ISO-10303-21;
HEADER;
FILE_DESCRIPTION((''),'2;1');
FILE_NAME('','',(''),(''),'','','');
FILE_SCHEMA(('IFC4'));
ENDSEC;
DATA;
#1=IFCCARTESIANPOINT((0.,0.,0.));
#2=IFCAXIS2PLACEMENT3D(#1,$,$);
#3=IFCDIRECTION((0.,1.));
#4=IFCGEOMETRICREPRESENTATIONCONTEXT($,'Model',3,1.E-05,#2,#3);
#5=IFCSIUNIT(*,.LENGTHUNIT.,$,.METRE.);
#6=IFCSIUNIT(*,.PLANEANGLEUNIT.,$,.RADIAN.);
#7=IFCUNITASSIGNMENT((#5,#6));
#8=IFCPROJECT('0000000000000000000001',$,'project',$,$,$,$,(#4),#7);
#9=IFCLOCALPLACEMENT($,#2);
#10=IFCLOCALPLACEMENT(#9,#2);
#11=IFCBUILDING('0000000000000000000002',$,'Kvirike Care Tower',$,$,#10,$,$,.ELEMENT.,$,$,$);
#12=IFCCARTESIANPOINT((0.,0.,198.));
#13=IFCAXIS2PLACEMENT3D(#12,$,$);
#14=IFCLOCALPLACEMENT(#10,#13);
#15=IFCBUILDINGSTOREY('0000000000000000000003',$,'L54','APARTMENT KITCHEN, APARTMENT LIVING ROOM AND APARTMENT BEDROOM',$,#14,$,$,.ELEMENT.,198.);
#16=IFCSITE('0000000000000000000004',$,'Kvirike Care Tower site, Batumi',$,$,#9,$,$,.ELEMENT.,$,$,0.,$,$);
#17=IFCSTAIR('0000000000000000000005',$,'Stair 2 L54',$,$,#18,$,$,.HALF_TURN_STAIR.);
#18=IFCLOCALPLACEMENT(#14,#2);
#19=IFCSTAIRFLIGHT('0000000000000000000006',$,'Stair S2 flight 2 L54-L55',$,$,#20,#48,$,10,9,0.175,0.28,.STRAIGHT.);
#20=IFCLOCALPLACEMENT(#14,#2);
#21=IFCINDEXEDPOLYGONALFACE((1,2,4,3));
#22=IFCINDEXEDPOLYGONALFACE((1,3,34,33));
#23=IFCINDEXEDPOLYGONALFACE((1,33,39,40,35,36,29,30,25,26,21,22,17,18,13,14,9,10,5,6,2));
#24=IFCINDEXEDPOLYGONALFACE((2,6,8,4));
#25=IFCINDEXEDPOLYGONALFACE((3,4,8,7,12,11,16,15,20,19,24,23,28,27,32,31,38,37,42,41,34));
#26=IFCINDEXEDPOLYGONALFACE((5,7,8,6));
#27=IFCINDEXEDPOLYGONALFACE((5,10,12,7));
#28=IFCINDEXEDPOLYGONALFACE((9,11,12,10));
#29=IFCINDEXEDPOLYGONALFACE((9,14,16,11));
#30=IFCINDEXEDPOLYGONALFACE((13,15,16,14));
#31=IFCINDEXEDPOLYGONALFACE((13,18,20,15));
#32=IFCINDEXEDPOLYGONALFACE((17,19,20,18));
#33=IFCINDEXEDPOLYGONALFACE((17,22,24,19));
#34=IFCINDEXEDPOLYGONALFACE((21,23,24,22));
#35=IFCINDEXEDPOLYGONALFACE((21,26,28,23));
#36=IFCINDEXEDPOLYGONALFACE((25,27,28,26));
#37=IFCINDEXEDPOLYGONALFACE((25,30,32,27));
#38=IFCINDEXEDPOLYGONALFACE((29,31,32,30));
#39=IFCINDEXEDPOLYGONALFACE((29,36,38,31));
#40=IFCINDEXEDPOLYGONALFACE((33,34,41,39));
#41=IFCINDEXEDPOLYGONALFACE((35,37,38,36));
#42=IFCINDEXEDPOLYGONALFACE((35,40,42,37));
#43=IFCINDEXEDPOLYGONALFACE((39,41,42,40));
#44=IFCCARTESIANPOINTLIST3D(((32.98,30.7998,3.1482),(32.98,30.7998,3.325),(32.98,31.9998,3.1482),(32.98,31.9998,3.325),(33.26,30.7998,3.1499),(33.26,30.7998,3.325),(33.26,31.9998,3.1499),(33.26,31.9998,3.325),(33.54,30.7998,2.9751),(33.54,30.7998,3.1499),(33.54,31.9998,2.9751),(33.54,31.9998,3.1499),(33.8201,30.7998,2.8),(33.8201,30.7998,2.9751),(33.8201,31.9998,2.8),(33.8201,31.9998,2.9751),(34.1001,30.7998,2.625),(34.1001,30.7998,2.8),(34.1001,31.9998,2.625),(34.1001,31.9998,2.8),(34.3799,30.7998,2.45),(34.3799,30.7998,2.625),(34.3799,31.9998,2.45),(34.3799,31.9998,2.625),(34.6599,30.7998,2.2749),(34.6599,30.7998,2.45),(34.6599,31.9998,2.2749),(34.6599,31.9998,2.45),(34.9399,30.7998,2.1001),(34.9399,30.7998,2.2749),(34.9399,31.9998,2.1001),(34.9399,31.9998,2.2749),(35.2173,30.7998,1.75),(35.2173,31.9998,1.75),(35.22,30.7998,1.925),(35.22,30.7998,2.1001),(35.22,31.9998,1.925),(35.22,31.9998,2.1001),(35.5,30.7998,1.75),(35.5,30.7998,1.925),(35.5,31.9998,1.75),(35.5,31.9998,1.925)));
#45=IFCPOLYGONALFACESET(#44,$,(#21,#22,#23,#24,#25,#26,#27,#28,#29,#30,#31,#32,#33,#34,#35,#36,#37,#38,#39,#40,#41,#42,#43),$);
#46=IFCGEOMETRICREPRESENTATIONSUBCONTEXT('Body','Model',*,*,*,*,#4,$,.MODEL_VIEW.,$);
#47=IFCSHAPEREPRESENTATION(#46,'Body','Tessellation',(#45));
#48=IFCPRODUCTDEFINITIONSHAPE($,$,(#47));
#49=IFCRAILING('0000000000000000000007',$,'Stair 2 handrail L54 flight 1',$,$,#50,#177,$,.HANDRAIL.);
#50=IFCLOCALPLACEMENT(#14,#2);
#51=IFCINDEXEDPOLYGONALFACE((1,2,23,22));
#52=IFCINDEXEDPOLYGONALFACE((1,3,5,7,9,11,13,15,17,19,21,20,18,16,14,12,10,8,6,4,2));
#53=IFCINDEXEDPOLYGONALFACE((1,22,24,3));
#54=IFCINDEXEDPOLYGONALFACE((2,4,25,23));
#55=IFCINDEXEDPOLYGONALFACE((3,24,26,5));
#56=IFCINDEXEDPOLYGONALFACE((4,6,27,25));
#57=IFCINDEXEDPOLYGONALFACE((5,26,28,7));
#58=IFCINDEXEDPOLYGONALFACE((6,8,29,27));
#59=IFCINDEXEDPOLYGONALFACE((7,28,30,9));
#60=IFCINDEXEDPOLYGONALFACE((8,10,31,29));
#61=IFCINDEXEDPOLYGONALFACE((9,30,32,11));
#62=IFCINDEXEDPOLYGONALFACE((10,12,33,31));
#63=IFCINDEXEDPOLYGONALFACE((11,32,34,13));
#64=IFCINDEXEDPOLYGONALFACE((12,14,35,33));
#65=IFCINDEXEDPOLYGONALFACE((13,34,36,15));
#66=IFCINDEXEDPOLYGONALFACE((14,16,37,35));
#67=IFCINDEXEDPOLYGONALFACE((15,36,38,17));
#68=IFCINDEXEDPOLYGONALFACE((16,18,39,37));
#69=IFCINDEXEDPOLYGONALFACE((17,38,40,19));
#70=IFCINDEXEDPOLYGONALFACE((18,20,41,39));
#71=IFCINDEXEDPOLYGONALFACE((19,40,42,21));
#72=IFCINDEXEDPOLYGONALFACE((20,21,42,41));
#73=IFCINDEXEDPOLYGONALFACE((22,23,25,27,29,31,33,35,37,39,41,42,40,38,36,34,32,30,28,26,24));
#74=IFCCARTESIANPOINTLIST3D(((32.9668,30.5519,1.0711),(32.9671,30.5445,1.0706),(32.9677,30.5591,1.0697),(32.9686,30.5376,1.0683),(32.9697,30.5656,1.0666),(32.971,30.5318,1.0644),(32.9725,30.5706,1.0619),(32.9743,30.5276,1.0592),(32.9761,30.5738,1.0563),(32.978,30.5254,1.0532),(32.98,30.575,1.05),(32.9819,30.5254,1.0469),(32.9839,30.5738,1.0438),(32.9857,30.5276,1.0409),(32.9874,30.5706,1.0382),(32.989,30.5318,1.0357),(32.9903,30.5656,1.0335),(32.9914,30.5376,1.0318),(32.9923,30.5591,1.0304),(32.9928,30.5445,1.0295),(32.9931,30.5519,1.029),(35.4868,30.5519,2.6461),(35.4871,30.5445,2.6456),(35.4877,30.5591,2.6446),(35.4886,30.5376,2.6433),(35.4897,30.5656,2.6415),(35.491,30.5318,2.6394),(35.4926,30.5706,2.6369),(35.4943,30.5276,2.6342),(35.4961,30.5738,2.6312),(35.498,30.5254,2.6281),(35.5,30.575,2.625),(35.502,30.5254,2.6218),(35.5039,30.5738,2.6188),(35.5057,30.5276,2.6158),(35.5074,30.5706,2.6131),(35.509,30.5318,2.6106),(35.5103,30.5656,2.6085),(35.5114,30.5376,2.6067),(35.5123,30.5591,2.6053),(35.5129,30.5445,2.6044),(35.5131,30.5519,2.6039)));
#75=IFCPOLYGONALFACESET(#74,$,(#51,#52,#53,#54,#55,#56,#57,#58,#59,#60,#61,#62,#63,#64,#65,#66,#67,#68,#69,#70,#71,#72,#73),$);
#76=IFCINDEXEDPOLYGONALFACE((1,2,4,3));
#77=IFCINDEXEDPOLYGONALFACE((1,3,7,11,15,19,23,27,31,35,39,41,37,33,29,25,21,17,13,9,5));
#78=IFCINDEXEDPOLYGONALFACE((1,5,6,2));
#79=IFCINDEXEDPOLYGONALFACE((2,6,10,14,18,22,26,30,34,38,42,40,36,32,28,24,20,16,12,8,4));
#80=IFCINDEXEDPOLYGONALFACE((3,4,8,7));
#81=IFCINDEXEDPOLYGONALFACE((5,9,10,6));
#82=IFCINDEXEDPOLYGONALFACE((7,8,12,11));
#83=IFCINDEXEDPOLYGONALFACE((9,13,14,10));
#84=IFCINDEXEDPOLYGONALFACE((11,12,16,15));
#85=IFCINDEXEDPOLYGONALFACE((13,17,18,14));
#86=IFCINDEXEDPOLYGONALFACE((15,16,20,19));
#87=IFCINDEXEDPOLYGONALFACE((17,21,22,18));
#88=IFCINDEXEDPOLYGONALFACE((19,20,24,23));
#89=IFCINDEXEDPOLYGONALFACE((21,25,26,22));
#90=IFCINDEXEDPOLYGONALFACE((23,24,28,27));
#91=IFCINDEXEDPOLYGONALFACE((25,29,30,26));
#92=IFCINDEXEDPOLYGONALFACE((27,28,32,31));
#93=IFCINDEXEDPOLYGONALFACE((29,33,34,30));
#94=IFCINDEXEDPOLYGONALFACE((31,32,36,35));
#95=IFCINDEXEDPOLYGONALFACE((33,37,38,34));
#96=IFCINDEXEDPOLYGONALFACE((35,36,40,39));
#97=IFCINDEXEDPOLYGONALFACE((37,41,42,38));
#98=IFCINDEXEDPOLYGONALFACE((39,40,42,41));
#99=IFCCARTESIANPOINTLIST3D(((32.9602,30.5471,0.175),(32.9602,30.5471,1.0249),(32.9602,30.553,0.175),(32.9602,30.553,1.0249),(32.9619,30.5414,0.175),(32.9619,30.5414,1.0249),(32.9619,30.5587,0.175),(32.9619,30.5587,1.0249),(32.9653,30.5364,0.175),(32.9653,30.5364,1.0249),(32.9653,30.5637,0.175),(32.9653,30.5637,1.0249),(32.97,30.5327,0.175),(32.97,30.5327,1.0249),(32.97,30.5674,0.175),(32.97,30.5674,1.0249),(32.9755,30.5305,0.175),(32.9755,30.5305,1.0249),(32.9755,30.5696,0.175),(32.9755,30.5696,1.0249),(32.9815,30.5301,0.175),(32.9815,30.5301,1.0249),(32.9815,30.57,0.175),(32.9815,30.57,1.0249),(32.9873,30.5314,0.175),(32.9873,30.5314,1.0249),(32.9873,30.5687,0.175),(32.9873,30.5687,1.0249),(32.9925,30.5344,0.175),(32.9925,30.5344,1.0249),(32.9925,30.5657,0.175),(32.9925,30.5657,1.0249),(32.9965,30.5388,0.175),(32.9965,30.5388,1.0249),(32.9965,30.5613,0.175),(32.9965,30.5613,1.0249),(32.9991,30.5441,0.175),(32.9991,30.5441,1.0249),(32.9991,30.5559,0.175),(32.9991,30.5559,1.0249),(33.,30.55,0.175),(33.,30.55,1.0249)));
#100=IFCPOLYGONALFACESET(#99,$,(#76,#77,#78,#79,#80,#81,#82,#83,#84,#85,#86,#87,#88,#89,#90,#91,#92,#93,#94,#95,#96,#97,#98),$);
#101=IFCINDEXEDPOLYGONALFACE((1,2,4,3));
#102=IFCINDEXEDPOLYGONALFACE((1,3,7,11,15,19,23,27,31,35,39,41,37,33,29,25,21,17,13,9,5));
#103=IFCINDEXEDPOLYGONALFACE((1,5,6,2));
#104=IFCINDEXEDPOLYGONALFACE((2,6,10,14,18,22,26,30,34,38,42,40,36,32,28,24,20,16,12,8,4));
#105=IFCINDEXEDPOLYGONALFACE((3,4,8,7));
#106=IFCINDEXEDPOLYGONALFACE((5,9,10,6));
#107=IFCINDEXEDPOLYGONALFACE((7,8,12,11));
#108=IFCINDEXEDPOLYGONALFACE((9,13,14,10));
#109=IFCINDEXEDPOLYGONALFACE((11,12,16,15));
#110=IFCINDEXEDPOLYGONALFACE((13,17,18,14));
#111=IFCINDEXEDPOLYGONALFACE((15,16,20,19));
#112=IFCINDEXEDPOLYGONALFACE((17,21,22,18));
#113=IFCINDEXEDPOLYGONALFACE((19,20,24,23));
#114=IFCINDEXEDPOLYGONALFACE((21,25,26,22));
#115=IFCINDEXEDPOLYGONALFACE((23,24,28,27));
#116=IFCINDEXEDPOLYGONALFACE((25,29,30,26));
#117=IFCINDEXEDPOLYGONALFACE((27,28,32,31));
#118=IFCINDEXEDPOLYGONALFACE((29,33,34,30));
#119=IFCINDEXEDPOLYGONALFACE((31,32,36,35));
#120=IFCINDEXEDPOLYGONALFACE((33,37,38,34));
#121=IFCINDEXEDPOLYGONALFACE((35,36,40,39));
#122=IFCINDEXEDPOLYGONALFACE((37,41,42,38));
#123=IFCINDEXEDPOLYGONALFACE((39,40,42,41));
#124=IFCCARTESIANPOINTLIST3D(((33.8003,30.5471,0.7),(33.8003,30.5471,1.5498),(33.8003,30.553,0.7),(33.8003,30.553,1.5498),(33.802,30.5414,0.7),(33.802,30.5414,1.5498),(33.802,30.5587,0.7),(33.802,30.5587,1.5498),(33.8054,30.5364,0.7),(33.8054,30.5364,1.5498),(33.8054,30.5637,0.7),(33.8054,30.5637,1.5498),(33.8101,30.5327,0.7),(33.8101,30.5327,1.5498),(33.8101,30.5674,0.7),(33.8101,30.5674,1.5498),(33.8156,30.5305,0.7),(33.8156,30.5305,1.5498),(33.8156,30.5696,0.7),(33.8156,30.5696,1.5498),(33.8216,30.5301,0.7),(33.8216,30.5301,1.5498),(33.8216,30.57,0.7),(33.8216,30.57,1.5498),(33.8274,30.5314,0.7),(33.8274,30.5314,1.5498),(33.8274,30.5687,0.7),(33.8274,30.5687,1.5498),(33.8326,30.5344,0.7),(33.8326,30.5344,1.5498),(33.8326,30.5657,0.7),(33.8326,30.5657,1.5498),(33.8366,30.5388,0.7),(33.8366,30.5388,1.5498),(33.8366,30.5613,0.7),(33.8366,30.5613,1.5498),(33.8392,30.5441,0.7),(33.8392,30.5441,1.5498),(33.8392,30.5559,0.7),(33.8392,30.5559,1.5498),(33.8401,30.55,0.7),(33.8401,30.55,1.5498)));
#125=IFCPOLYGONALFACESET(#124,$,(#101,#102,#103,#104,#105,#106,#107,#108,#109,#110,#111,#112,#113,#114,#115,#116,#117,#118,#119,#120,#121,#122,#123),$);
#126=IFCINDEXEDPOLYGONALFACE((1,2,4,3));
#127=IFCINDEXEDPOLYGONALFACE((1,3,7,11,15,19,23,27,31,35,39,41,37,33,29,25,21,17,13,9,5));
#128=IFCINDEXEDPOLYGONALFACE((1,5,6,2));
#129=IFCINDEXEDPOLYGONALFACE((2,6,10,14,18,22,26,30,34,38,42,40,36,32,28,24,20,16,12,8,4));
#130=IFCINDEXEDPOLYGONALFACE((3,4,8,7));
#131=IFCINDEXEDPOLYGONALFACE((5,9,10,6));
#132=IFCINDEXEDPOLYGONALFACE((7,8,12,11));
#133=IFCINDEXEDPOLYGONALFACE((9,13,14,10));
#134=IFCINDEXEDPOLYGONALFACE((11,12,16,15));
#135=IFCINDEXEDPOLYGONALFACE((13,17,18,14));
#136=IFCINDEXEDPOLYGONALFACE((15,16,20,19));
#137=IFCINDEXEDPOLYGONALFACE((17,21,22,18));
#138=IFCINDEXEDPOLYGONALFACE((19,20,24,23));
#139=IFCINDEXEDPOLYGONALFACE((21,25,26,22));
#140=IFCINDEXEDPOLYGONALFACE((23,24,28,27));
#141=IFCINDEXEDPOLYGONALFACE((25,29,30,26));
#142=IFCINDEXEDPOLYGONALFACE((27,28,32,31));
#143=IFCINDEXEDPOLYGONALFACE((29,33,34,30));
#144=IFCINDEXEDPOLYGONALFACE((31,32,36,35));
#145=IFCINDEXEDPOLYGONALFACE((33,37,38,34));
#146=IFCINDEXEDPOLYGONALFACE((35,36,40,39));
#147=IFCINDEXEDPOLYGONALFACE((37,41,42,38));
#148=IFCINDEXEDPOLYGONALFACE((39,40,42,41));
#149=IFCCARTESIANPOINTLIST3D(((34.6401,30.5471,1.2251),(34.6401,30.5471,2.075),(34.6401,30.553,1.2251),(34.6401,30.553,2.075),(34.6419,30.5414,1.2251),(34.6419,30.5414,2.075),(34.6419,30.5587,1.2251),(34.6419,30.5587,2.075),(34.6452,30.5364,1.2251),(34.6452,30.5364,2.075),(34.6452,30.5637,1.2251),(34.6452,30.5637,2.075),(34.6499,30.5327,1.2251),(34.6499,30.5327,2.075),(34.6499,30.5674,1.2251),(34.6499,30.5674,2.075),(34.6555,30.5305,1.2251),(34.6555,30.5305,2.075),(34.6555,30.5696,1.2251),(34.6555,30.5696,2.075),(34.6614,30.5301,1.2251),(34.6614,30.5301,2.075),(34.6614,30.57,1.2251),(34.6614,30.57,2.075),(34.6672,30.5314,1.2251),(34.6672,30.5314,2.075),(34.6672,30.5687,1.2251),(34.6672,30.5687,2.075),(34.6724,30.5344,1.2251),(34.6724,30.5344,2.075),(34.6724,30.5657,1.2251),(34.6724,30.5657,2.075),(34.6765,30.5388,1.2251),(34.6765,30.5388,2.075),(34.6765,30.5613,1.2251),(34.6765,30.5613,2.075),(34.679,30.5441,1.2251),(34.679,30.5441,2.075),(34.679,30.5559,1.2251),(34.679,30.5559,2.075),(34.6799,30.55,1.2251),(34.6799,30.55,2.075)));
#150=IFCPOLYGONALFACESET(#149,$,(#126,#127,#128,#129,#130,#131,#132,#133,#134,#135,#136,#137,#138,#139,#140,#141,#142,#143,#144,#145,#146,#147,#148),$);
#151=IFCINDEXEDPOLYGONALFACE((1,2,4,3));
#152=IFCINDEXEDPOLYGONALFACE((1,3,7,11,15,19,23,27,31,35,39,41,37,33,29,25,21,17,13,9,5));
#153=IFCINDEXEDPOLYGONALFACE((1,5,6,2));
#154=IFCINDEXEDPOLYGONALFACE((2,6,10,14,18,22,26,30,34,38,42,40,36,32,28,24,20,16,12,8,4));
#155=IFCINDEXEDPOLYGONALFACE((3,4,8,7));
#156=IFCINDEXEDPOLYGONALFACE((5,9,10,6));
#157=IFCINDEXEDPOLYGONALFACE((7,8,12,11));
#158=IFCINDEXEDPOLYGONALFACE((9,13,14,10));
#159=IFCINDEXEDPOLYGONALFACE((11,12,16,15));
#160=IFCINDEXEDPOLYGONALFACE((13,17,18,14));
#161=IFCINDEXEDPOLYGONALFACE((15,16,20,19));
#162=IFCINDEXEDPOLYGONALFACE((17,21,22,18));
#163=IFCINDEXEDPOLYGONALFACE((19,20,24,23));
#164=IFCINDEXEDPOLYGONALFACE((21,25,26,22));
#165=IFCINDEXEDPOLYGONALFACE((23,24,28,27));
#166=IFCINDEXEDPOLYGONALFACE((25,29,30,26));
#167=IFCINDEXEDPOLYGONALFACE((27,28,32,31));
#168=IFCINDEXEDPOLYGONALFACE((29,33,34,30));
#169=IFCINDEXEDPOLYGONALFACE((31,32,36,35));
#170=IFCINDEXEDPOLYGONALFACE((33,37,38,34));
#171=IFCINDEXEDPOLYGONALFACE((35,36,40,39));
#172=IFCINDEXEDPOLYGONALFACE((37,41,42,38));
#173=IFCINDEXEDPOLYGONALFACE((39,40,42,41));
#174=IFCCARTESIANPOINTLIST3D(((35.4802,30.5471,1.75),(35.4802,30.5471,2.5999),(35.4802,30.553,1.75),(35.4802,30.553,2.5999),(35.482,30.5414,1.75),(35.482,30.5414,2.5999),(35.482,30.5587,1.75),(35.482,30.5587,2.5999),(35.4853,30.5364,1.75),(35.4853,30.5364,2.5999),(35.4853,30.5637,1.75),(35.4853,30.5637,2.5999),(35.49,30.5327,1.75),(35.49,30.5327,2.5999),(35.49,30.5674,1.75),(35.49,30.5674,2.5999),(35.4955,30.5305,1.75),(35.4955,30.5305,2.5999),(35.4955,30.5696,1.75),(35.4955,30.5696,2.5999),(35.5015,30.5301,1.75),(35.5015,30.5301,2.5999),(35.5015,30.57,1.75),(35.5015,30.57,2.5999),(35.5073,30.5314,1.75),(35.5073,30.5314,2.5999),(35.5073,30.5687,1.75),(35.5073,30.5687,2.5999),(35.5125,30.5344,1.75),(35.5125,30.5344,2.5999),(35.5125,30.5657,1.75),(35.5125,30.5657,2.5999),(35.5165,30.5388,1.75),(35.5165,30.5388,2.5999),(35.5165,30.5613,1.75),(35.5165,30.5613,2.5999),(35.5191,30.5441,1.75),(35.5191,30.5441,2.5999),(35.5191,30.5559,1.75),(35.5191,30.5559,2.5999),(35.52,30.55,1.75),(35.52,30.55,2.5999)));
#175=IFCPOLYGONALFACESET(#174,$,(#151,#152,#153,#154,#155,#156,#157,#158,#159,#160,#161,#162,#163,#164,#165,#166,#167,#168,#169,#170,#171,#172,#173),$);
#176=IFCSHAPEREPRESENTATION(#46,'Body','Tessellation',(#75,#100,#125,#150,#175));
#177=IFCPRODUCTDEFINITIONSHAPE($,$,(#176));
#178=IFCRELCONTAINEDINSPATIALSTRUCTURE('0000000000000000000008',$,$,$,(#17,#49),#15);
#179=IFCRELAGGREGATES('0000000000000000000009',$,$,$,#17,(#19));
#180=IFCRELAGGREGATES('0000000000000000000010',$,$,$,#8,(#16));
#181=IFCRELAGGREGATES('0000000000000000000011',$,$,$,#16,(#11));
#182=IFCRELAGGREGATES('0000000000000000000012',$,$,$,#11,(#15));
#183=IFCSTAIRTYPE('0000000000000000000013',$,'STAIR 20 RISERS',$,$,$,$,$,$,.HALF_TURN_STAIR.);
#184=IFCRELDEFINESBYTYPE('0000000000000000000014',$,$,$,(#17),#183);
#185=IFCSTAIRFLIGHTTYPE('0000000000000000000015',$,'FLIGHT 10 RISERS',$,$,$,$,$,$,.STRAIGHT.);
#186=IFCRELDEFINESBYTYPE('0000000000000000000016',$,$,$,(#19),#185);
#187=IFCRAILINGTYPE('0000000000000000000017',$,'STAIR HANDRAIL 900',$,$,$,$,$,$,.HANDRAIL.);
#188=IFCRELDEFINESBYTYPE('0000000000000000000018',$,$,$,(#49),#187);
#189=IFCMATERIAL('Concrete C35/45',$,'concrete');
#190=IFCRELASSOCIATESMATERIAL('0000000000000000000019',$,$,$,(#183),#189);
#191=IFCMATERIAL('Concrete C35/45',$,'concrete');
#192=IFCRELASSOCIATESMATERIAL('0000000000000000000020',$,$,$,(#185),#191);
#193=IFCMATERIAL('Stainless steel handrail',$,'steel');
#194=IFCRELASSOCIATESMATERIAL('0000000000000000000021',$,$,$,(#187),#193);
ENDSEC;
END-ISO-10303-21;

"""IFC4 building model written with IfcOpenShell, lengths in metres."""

from ifc_helpers import new_model, si_unit, direction, frame, origin, origin_2d, place, context, subcontext, project, spatial, polyline, circle, outline, extrude, material, type_object, element, aggregate, save


model = new_model("IFC4")

# Units and contexts
model_context = context("Model", 3, precision=1e-05, world=origin(), true_north=direction((0.0, 1.0)))
body_context = subcontext(model_context, "Body", "Model", "MODEL_VIEW")
ifc_project = project(units=[si_unit("LENGTHUNIT", "METRE"), si_unit("PLANEANGLEUNIT", "RADIAN")], contexts=[model_context])

# Site, building, storey
site_placement = place(None, origin())
site = spatial("IfcSite", under=ifc_project, at=site_placement, Name="Kvirike Care Tower site, Batumi", CompositionType="ELEMENT", RefElevation=0.0)
building_placement = place(site_placement, origin())
building = spatial("IfcBuilding", under=site, at=building_placement, Name="Kvirike Care Tower", CompositionType="ELEMENT")
storey_placement = place(building_placement, frame((0.0, 0.0, 198.0)))
storey = spatial("IfcBuildingStorey", under=building, at=storey_placement, Name="L54", Description="APARTMENT KITCHEN, APARTMENT LIVING ROOM AND APARTMENT BEDROOM", CompositionType="ELEMENT", Elevation=198.0)

# Stair, stair flight
ifc_material_1 = material(Name="Concrete C35/45", Category="concrete")
stair_type = type_object("IfcStairType", Name="STAIR 20 RISERS", PredefinedType="HALF_TURN_STAIR", material=ifc_material_1)
stair_placement = place(storey_placement, origin())
stair = element("IfcStair", 1, at=stair_placement, inside=storey, type_object=stair_type, Name="Stair 2 L54", PredefinedType="HALF_TURN_STAIR")
ifc_material_2 = material(Name="Concrete C35/45", Category="concrete")
stair_flight_type = type_object("IfcStairFlightType", Name="FLIGHT 10 RISERS", PredefinedType="STRAIGHT", material=ifc_material_2)
stair_flight_1_placement = place(storey_placement, frame((35.5, 31.3999, 1.75), z_axis=(0.0, 0.0, 1.0), x_axis=(-1.0, 0.0, 0.0)))
stair_flight_1 = element("IfcStairFlight", 2, at=stair_flight_1_placement, type_object=stair_flight_type, Name="Stair S2 flight 2 L54-L55", NumberOfRisers=10, NumberOfTreads=9, PredefinedType="STRAIGHT", RiserHeight=0.175, TreadLength=0.28, context=body_context, shape_type="SweptSolid", body=[
    extrude(outline(polyline([(0.0, 0.0), (0.0, 0.175), (0.28, 0.175), (0.28, 0.3501), (0.5601, 0.3501), (0.5601, 0.5249), (0.8401, 0.5249), (0.8401, 0.7), (1.1201, 0.7), (1.1201, 0.875), (1.3999, 0.875), (1.3999, 1.05), (1.6799, 1.05), (1.6799, 1.2251), (1.96, 1.2251), (1.96, 1.3999), (2.24, 1.3999), (2.24, 1.575), (2.52, 1.575), (2.52, 1.75), (2.52, 1.3982), (0.2827, 0.0), (0.0, 0.0)])), frame((0.0, 0.6001, 0.0), z_axis=(0.0, -1.0, 0.0), x_axis=(1.0, 0.0, 0.0)), (0.0, 0.0, 1.0), 1.2),
])
aggregate(stair, [stair_flight_1])

# Railing
ifc_material_3 = material(Name="Stainless steel handrail", Category="steel")
railing_type = type_object("IfcRailingType", Name="STAIR HANDRAIL 900", PredefinedType="HANDRAIL", material=ifc_material_3)
railing_1_placement = place(storey_placement, frame((32.98, 30.55, 0.175)))
element("IfcRailing", 3, at=railing_1_placement, inside=storey, type_object=railing_type, Name="Stair 2 handrail L54 flight 1", PredefinedType="HANDRAIL", context=body_context, shape_type="SweptSolid", body=[
    extrude(circle(Radius=0.0249, at=origin_2d()), frame((0.0, 0.0, 0.875), z_axis=(0.848008, 0.0, 0.529984), x_axis=(0.0, 1.0, 0.0)), (0.0, 0.0, 1.0), 2.9717),
    extrude(circle(Radius=0.02, at=origin_2d()), origin(), (0.0, 0.0, 1.0), 0.8499),
    extrude(circle(Radius=0.02, at=origin_2d()), frame((0.8401, 0.0, 0.5249)), (0.0, 0.0, 1.0), 0.8499),
    extrude(circle(Radius=0.02, at=origin_2d()), frame((1.6799, 0.0, 1.05)), (0.0, 0.0, 1.0), 0.8499),
    extrude(circle(Radius=0.02, at=origin_2d()), frame((2.52, 0.0, 1.575)), (0.0, 0.0, 1.0), 0.8499),
])

save(model, "model.ifc")
